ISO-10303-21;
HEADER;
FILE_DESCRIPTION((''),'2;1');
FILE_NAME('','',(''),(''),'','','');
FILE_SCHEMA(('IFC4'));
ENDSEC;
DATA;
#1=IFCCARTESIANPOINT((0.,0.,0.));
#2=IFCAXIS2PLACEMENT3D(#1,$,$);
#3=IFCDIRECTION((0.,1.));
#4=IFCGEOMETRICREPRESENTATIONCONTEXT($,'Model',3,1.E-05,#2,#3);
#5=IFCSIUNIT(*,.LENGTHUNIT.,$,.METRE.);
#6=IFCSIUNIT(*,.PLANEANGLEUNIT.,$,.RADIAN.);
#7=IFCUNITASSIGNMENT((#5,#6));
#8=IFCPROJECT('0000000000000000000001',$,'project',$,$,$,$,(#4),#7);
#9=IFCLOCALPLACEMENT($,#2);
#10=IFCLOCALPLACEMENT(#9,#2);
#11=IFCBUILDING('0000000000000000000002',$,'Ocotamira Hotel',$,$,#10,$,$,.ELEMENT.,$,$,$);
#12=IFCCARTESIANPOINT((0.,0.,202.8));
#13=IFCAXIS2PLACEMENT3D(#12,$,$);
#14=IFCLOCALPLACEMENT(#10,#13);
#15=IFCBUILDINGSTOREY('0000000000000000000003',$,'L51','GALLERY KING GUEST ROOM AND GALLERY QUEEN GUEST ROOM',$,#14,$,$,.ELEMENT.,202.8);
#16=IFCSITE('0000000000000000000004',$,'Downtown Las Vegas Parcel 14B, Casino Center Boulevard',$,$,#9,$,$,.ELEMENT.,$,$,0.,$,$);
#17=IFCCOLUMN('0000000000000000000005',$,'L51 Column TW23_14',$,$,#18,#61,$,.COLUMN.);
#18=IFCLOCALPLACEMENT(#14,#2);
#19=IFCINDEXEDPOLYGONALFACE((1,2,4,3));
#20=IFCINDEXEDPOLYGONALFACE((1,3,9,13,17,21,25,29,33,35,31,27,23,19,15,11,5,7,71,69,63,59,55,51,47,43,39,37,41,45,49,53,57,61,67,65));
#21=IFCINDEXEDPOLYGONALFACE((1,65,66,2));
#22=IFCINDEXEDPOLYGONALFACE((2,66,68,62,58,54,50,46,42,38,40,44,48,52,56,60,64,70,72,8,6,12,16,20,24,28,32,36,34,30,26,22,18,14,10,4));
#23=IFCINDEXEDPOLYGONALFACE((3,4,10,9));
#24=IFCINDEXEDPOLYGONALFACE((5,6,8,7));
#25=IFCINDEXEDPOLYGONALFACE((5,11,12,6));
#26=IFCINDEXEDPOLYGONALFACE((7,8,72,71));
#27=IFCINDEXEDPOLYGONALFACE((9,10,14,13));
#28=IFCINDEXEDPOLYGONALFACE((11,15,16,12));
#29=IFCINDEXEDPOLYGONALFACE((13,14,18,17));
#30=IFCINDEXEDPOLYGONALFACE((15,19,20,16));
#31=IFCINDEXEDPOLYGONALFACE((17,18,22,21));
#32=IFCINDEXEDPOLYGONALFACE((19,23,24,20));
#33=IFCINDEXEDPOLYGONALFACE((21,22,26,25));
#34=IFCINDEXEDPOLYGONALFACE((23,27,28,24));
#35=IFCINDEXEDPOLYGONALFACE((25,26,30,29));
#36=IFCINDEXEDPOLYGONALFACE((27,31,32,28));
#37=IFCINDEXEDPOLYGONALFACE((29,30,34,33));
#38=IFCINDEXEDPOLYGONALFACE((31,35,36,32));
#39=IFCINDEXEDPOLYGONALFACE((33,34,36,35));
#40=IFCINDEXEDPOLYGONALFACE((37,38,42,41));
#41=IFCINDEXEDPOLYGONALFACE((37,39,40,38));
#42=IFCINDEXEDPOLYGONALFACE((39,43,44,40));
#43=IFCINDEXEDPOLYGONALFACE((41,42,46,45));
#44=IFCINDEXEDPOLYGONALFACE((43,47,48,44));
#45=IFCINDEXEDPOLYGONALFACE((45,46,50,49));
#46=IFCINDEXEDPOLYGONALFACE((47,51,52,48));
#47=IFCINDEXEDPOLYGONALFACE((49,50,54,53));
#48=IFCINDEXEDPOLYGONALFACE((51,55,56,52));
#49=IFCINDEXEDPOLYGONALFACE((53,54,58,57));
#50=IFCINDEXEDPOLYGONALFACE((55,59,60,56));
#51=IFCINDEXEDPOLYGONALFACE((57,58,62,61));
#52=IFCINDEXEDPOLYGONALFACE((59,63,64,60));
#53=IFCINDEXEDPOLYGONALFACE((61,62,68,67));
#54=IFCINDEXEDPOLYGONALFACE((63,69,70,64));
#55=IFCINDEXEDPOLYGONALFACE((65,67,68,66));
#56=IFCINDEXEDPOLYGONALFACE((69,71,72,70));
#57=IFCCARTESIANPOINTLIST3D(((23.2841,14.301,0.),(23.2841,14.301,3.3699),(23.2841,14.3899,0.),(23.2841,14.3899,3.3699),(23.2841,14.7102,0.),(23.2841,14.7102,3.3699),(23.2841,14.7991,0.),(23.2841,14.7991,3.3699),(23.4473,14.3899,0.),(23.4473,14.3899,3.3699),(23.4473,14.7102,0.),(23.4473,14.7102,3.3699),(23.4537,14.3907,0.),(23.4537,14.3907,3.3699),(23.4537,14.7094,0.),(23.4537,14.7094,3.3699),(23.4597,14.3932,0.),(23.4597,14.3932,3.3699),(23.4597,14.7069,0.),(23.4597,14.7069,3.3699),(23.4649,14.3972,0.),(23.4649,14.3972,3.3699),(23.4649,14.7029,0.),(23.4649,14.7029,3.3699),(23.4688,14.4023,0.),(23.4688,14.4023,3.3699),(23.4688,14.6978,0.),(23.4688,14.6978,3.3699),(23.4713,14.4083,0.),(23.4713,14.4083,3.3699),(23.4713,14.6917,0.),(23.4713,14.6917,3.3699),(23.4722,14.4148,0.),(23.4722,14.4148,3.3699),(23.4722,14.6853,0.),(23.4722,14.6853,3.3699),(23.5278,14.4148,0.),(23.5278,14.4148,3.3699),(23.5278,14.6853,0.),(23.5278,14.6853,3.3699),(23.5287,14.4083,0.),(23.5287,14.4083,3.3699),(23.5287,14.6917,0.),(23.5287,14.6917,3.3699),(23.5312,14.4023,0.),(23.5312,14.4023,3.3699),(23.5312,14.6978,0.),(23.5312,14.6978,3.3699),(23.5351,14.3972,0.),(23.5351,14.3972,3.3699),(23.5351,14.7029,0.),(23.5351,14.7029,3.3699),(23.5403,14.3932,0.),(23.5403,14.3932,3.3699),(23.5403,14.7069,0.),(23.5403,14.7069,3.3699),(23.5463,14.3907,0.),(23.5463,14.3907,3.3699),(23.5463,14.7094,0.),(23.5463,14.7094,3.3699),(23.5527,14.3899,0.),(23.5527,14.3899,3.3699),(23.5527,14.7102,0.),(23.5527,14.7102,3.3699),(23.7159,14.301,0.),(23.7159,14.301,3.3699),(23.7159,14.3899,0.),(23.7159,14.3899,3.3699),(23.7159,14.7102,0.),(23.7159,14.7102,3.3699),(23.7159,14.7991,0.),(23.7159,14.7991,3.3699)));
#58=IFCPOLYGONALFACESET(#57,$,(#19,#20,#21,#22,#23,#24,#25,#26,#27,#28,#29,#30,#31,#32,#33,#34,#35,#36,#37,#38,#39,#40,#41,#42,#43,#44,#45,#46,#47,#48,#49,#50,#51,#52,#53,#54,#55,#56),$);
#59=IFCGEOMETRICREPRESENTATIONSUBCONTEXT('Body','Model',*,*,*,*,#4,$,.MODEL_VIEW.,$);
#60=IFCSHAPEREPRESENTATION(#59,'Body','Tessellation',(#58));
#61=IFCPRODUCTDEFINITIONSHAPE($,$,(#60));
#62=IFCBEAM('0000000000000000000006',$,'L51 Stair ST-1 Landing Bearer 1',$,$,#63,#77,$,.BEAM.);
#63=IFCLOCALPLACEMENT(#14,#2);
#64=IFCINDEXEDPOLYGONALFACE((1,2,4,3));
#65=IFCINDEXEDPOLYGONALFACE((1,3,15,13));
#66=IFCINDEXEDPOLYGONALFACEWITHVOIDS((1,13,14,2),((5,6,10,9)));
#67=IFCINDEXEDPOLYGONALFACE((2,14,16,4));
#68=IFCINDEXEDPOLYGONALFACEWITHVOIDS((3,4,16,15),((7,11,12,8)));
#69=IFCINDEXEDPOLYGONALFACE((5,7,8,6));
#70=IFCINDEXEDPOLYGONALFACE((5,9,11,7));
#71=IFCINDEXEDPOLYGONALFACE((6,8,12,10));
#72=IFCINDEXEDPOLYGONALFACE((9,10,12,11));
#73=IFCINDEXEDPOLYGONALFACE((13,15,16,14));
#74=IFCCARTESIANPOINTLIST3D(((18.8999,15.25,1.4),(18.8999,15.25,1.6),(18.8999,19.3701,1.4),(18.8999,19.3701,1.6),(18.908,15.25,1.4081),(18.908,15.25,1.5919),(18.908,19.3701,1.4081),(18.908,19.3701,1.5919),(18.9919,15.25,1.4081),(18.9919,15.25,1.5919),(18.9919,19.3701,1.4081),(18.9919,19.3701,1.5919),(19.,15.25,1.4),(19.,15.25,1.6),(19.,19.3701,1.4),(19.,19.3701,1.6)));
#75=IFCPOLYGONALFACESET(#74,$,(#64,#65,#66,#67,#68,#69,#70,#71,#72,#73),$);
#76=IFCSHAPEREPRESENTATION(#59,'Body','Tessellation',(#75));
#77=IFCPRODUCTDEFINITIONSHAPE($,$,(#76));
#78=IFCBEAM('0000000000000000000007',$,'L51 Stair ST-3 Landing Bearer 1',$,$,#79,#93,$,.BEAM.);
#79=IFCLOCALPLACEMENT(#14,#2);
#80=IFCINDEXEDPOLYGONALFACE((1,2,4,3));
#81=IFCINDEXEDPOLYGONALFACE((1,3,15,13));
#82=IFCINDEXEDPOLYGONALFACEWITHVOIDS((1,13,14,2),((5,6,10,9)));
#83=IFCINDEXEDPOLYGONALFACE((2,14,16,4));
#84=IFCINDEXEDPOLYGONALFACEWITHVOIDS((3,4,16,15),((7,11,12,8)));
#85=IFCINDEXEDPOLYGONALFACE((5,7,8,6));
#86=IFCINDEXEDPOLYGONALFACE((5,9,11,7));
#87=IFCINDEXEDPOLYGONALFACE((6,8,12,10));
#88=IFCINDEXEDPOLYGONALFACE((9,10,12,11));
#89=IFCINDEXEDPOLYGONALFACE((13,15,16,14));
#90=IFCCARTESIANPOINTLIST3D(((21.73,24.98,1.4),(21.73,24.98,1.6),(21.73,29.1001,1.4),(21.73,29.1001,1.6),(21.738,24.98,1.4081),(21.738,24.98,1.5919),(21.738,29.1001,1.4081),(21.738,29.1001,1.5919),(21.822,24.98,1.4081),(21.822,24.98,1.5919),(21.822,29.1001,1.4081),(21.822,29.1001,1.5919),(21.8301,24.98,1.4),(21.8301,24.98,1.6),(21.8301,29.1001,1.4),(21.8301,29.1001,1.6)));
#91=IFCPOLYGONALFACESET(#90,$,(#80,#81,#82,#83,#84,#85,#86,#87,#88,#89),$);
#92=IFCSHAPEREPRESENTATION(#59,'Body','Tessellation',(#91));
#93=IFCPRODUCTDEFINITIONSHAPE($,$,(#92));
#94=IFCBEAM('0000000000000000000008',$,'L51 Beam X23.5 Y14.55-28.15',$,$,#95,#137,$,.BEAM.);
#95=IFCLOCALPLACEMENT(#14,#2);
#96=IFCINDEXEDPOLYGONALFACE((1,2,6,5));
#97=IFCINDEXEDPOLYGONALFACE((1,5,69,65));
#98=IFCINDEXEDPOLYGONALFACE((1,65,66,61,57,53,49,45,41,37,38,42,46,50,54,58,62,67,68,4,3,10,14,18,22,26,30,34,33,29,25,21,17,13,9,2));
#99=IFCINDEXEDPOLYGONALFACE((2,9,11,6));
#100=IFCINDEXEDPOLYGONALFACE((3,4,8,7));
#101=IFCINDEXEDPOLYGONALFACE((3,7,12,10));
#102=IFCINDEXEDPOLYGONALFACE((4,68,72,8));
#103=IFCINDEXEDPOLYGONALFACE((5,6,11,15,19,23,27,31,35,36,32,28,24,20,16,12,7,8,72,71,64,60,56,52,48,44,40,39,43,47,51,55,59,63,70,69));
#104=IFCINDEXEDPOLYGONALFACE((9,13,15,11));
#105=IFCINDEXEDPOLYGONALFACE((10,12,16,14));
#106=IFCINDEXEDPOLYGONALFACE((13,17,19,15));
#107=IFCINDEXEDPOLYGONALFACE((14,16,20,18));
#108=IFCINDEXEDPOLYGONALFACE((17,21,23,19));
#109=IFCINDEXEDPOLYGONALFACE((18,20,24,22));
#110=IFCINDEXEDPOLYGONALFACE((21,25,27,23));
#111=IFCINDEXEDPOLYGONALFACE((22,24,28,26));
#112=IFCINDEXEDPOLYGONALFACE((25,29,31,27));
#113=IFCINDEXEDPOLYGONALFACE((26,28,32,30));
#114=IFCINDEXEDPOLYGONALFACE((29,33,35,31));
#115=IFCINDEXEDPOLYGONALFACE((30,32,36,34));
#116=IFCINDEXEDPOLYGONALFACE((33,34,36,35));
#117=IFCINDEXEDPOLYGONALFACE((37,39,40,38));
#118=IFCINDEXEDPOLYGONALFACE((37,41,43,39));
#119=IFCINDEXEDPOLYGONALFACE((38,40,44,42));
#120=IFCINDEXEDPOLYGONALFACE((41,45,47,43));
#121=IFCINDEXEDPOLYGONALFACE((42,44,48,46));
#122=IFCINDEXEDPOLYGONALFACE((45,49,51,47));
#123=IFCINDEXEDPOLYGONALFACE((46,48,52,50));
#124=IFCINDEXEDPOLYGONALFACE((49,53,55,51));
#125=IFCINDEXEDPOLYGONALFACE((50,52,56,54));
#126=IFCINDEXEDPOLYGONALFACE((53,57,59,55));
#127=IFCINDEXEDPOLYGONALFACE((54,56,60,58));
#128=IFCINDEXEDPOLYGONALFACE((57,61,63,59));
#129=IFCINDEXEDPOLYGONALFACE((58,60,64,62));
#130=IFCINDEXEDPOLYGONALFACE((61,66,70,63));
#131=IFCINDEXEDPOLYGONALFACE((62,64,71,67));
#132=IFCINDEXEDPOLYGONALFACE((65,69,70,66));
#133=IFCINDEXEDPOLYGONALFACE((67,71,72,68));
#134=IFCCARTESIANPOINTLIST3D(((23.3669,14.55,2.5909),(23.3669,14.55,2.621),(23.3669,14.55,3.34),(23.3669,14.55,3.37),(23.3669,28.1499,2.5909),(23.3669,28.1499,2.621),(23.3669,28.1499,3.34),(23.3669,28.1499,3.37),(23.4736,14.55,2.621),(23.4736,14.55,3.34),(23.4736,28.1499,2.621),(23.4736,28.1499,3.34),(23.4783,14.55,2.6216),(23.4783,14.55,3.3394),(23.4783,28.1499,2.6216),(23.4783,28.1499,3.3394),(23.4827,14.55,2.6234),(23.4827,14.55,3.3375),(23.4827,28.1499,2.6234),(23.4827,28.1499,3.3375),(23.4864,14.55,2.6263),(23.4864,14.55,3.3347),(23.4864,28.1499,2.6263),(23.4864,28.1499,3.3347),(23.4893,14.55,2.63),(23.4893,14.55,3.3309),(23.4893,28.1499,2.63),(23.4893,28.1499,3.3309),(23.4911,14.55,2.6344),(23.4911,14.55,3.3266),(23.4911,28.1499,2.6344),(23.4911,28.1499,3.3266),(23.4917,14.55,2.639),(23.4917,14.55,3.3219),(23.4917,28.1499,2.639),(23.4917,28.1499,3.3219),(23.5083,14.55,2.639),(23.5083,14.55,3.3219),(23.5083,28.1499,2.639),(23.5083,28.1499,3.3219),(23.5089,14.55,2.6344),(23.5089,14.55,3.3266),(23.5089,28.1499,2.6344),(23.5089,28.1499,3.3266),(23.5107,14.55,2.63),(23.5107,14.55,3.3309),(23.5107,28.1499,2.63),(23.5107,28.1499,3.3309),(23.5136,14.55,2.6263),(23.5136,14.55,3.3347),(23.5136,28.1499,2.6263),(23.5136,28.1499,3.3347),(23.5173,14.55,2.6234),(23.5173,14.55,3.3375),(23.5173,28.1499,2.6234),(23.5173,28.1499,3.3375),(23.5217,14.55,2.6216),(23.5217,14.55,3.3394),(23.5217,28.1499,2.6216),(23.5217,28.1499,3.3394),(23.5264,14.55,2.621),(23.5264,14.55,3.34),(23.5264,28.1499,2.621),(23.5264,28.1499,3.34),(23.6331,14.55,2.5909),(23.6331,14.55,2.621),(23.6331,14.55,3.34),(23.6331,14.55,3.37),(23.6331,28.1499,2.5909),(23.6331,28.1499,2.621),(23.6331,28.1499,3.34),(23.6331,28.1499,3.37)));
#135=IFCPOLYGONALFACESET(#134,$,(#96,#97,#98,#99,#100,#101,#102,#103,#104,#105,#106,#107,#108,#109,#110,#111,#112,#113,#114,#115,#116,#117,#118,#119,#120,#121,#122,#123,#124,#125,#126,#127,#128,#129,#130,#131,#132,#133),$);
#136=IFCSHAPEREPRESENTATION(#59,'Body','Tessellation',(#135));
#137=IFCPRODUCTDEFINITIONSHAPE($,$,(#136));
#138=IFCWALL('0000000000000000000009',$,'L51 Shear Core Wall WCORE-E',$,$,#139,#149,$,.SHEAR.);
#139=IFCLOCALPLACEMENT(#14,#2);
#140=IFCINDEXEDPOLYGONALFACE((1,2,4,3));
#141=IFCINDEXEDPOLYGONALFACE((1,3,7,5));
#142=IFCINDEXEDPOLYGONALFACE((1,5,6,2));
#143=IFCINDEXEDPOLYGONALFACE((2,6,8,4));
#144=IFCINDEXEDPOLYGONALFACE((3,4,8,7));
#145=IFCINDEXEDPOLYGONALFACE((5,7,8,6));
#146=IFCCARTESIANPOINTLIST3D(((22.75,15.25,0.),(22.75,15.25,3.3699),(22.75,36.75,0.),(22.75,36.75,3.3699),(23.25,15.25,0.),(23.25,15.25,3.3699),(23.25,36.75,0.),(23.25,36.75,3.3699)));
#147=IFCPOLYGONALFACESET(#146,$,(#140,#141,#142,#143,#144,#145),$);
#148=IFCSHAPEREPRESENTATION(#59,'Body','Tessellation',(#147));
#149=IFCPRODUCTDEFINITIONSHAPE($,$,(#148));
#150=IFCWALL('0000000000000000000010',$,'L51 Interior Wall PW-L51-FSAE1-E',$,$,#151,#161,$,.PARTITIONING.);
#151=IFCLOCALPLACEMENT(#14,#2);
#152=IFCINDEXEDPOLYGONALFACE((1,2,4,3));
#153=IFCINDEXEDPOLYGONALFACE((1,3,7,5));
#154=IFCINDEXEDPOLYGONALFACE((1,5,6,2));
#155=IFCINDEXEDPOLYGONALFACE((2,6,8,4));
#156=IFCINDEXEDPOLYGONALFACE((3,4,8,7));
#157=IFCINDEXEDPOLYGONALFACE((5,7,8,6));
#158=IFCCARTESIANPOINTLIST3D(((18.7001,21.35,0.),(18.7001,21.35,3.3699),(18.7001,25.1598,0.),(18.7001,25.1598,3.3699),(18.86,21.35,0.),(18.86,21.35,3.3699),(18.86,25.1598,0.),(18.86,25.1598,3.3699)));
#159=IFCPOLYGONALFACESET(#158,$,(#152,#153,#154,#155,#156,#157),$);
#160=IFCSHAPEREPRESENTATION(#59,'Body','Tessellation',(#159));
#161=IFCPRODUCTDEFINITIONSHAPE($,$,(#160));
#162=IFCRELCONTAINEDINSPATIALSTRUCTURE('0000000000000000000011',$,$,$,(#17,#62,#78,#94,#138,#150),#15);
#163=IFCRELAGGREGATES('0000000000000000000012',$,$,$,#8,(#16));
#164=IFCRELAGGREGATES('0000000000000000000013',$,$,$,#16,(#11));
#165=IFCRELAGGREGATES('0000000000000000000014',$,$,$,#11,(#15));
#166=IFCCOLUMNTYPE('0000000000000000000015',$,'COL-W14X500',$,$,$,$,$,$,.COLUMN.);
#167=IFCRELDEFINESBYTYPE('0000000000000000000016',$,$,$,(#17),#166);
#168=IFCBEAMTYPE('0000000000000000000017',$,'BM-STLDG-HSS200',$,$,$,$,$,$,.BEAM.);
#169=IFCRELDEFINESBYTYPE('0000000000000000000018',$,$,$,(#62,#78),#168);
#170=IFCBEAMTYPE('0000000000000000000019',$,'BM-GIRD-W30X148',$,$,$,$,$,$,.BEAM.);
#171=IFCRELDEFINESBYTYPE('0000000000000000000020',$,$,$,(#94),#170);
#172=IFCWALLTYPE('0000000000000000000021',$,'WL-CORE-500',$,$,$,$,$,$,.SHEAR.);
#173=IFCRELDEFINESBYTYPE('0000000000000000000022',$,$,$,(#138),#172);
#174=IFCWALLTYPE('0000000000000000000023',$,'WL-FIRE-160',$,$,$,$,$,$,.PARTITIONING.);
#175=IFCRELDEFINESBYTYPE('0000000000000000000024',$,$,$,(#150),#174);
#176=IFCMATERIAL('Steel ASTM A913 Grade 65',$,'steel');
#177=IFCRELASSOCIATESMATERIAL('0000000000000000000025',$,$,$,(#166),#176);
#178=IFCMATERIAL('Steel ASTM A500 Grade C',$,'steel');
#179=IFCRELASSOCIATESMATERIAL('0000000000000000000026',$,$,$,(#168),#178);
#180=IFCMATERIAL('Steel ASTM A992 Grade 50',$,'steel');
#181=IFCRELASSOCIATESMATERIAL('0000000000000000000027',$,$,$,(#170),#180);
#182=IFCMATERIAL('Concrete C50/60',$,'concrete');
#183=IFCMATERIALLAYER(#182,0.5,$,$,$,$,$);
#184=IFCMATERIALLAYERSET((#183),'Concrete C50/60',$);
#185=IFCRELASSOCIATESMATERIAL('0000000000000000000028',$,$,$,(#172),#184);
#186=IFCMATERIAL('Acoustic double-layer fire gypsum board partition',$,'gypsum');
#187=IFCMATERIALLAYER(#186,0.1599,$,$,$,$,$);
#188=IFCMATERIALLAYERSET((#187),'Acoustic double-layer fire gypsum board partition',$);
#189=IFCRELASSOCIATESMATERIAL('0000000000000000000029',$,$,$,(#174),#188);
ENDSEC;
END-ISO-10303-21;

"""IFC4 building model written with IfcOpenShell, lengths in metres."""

from ifc_helpers import new_model, si_unit, direction, frame, frame_2d, origin, origin_2d, place, context, subcontext, project, spatial, rectangle, hollow_rectangle, i_section, extrude, source, transform, mapped, material, layer, layer_set, material_profile, profile_set, type_object, element, save


model = new_model("IFC4")

# Units and contexts
model_context = context("Model", 3, precision=1e-05, world=origin(), true_north=direction((0.0, 1.0)))
body_context = subcontext(model_context, "Body", "Model", "MODEL_VIEW")
ifc_project = project(units=[si_unit("LENGTHUNIT", "METRE"), si_unit("PLANEANGLEUNIT", "RADIAN")], contexts=[model_context])

# Site, building, storey
site_placement = place(None, origin())
site = spatial("IfcSite", under=ifc_project, at=site_placement, Name="Downtown Las Vegas Parcel 14B, Casino Center Boulevard", CompositionType="ELEMENT", RefElevation=0.0)
building_placement = place(site_placement, origin())
building = spatial("IfcBuilding", under=site, at=building_placement, Name="Ocotamira Hotel", CompositionType="ELEMENT")
storey_placement = place(building_placement, frame((0.0, 0.0, 202.8)))
storey = spatial("IfcBuildingStorey", under=building, at=storey_placement, Name="L51", Description="GALLERY KING GUEST ROOM AND GALLERY QUEEN GUEST ROOM", CompositionType="ELEMENT", Elevation=202.8)

# Column
ifc_material_1 = material(Name="Steel ASTM A913 Grade 65", Category="steel")
ifc_material_profile_1 = material_profile(ifc_material_1, i_section(OverallWidth=0.4319, OverallDepth=0.498, WebThickness=0.0557, FlangeThickness=0.0889, FilletRadius=0.0249, at=origin_2d()), Name="W14X500")
ifc_profile_set_1 = profile_set([ifc_material_profile_1], Name="Steel ASTM A913 Grade 65")
column_type = type_object("IfcColumnType", Name="COL-W14X500", PredefinedType="COLUMN", material=ifc_profile_set_1)
shared_shape_1 = source(origin(), body_context, "Body", "SweptSolid", [
    extrude(i_section(OverallWidth=0.4319, OverallDepth=0.498, WebThickness=0.0557, FlangeThickness=0.0889, FilletRadius=0.0249, at=origin_2d()), origin(), (0.0, 0.0, 1.0), 3.3699),
])
column_placement = place(storey_placement, frame((23.5, 14.55, 0.0), z_axis=(0.0, 0.0, 1.0), x_axis=(1.0, 0.0, 0.0)))
element("IfcColumn", 1, at=column_placement, inside=storey, type_object=column_type, Name="L51 Column TW23_14", PredefinedType="COLUMN", context=body_context, shape_type="MappedRepresentation", body=[
    mapped(shared_shape_1, transform((0.0, 0.0, 0.0), scale=1.0)),
])

# Beams
ifc_material_2 = material(Name="Steel ASTM A500 Grade C", Category="steel")
ifc_material_profile_2 = material_profile(ifc_material_2, hollow_rectangle(XDim=0.1001, YDim=0.2, WallThickness=0.0081, at=origin_2d()), Name="HSS200X100X8")
ifc_profile_set_2 = profile_set([ifc_material_profile_2], Name="Steel ASTM A500 Grade C")
beam_type_1 = type_object("IfcBeamType", Name="BM-STLDG-HSS200", PredefinedType="BEAM", material=ifc_profile_set_2)
shared_shape_2 = source(origin(), body_context, "Body", "SweptSolid", [
    extrude(hollow_rectangle(XDim=0.1001, YDim=0.2, WallThickness=0.0081, at=origin_2d()), origin(), (0.0, 0.0, 1.0), 4.1201),
])
for number, where, z_axis, x_axis, name in (
    (2, (18.95, 15.25, 1.5), (0.0, 1.0, 0.0), (-1.0, 0.0, 0.0), "L51 Stair ST-1 Landing Bearer 1"),
    (3, (21.78, 24.98, 1.5), (0.0, 1.0, 0.0), (-1.0, 0.0, 0.0), "L51 Stair ST-3 Landing Bearer 1"),
):
    element("IfcBeam", number, at=place(storey_placement, frame(where, z_axis=z_axis, x_axis=x_axis)), inside=storey, type_object=beam_type_1, Name=name, PredefinedType="BEAM", context=body_context, shape_type="MappedRepresentation", body=[
        mapped(shared_shape_2, transform((0.0, 0.0, 0.0), scale=1.0)),
    ])
ifc_material_3 = material(Name="Steel ASTM A992 Grade 50", Category="steel")
ifc_material_profile_3 = material_profile(ifc_material_3, i_section(OverallWidth=0.2661, OverallDepth=0.7791, WebThickness=0.0166, FlangeThickness=0.03, FilletRadius=0.0181, at=origin_2d()), Name="W30X148")
ifc_profile_set_3 = profile_set([ifc_material_profile_3], Name="Steel ASTM A992 Grade 50")
beam_type_2 = type_object("IfcBeamType", Name="BM-GIRD-W30X148", PredefinedType="BEAM", material=ifc_profile_set_3)
shared_shape_3 = source(origin(), body_context, "Body", "SweptSolid", [
    extrude(i_section(OverallWidth=0.2661, OverallDepth=0.7791, WebThickness=0.0166, FlangeThickness=0.03, FilletRadius=0.0181, at=origin_2d()), origin(), (0.0, 0.0, 1.0), 13.5999),
])
beam_placement = place(storey_placement, frame((23.5, 14.55, 2.9805), z_axis=(0.0, 1.0, 0.0), x_axis=(-1.0, 0.0, 0.0)))
element("IfcBeam", 4, at=beam_placement, inside=storey, type_object=beam_type_2, Name="L51 Beam X23.5 Y14.55-28.15", PredefinedType="BEAM", context=body_context, shape_type="MappedRepresentation", body=[
    mapped(shared_shape_3, transform((0.0, 0.0, 0.0), scale=1.0)),
])

# Walls
ifc_material_4 = material(Name="Concrete C50/60", Category="concrete")
ifc_layer_1 = layer(ifc_material_4, 0.5)
ifc_layer_set_1 = layer_set([ifc_layer_1], Name="Concrete C50/60")
wall_type_1 = type_object("IfcWallType", Name="WL-CORE-500", PredefinedType="SHEAR", material=ifc_layer_set_1)
wall_1_placement = place(storey_placement, frame((23.0, 15.25, 0.0), z_axis=(0.0, 0.0, 1.0), x_axis=(0.0, 1.0, 0.0)))
element("IfcWall", 5, at=wall_1_placement, inside=storey, type_object=wall_type_1, Name="L51 Shear Core Wall WCORE-E", PredefinedType="SHEAR", context=body_context, shape_type="SweptSolid", body=[
    extrude(rectangle(XDim=21.5, YDim=0.5, at=frame_2d((10.75, 0.0))), origin(), (0.0, 0.0, 1.0), 3.3699),
])
ifc_material_5 = material(Name="Acoustic double-layer fire gypsum board partition", Category="gypsum")
ifc_layer_2 = layer(ifc_material_5, 0.1599)
ifc_layer_set_2 = layer_set([ifc_layer_2], Name="Acoustic double-layer fire gypsum board partition")
wall_type_2 = type_object("IfcWallType", Name="WL-FIRE-160", PredefinedType="PARTITIONING", material=ifc_layer_set_2)
wall_2_placement = place(storey_placement, frame((18.78, 21.3501, 0.0), z_axis=(0.0, 0.0, 1.0), x_axis=(0.0, 1.0, 0.0)))
element("IfcWall", 6, at=wall_2_placement, inside=storey, type_object=wall_type_2, Name="L51 Interior Wall PW-L51-FSAE1-E", PredefinedType="PARTITIONING", context=body_context, shape_type="SweptSolid", body=[
    extrude(rectangle(XDim=3.8098, YDim=0.1599, at=frame_2d((1.9048, 0.0))), origin(), (0.0, 0.0, 1.0), 3.3699),
])

save(model, "model.ifc")
